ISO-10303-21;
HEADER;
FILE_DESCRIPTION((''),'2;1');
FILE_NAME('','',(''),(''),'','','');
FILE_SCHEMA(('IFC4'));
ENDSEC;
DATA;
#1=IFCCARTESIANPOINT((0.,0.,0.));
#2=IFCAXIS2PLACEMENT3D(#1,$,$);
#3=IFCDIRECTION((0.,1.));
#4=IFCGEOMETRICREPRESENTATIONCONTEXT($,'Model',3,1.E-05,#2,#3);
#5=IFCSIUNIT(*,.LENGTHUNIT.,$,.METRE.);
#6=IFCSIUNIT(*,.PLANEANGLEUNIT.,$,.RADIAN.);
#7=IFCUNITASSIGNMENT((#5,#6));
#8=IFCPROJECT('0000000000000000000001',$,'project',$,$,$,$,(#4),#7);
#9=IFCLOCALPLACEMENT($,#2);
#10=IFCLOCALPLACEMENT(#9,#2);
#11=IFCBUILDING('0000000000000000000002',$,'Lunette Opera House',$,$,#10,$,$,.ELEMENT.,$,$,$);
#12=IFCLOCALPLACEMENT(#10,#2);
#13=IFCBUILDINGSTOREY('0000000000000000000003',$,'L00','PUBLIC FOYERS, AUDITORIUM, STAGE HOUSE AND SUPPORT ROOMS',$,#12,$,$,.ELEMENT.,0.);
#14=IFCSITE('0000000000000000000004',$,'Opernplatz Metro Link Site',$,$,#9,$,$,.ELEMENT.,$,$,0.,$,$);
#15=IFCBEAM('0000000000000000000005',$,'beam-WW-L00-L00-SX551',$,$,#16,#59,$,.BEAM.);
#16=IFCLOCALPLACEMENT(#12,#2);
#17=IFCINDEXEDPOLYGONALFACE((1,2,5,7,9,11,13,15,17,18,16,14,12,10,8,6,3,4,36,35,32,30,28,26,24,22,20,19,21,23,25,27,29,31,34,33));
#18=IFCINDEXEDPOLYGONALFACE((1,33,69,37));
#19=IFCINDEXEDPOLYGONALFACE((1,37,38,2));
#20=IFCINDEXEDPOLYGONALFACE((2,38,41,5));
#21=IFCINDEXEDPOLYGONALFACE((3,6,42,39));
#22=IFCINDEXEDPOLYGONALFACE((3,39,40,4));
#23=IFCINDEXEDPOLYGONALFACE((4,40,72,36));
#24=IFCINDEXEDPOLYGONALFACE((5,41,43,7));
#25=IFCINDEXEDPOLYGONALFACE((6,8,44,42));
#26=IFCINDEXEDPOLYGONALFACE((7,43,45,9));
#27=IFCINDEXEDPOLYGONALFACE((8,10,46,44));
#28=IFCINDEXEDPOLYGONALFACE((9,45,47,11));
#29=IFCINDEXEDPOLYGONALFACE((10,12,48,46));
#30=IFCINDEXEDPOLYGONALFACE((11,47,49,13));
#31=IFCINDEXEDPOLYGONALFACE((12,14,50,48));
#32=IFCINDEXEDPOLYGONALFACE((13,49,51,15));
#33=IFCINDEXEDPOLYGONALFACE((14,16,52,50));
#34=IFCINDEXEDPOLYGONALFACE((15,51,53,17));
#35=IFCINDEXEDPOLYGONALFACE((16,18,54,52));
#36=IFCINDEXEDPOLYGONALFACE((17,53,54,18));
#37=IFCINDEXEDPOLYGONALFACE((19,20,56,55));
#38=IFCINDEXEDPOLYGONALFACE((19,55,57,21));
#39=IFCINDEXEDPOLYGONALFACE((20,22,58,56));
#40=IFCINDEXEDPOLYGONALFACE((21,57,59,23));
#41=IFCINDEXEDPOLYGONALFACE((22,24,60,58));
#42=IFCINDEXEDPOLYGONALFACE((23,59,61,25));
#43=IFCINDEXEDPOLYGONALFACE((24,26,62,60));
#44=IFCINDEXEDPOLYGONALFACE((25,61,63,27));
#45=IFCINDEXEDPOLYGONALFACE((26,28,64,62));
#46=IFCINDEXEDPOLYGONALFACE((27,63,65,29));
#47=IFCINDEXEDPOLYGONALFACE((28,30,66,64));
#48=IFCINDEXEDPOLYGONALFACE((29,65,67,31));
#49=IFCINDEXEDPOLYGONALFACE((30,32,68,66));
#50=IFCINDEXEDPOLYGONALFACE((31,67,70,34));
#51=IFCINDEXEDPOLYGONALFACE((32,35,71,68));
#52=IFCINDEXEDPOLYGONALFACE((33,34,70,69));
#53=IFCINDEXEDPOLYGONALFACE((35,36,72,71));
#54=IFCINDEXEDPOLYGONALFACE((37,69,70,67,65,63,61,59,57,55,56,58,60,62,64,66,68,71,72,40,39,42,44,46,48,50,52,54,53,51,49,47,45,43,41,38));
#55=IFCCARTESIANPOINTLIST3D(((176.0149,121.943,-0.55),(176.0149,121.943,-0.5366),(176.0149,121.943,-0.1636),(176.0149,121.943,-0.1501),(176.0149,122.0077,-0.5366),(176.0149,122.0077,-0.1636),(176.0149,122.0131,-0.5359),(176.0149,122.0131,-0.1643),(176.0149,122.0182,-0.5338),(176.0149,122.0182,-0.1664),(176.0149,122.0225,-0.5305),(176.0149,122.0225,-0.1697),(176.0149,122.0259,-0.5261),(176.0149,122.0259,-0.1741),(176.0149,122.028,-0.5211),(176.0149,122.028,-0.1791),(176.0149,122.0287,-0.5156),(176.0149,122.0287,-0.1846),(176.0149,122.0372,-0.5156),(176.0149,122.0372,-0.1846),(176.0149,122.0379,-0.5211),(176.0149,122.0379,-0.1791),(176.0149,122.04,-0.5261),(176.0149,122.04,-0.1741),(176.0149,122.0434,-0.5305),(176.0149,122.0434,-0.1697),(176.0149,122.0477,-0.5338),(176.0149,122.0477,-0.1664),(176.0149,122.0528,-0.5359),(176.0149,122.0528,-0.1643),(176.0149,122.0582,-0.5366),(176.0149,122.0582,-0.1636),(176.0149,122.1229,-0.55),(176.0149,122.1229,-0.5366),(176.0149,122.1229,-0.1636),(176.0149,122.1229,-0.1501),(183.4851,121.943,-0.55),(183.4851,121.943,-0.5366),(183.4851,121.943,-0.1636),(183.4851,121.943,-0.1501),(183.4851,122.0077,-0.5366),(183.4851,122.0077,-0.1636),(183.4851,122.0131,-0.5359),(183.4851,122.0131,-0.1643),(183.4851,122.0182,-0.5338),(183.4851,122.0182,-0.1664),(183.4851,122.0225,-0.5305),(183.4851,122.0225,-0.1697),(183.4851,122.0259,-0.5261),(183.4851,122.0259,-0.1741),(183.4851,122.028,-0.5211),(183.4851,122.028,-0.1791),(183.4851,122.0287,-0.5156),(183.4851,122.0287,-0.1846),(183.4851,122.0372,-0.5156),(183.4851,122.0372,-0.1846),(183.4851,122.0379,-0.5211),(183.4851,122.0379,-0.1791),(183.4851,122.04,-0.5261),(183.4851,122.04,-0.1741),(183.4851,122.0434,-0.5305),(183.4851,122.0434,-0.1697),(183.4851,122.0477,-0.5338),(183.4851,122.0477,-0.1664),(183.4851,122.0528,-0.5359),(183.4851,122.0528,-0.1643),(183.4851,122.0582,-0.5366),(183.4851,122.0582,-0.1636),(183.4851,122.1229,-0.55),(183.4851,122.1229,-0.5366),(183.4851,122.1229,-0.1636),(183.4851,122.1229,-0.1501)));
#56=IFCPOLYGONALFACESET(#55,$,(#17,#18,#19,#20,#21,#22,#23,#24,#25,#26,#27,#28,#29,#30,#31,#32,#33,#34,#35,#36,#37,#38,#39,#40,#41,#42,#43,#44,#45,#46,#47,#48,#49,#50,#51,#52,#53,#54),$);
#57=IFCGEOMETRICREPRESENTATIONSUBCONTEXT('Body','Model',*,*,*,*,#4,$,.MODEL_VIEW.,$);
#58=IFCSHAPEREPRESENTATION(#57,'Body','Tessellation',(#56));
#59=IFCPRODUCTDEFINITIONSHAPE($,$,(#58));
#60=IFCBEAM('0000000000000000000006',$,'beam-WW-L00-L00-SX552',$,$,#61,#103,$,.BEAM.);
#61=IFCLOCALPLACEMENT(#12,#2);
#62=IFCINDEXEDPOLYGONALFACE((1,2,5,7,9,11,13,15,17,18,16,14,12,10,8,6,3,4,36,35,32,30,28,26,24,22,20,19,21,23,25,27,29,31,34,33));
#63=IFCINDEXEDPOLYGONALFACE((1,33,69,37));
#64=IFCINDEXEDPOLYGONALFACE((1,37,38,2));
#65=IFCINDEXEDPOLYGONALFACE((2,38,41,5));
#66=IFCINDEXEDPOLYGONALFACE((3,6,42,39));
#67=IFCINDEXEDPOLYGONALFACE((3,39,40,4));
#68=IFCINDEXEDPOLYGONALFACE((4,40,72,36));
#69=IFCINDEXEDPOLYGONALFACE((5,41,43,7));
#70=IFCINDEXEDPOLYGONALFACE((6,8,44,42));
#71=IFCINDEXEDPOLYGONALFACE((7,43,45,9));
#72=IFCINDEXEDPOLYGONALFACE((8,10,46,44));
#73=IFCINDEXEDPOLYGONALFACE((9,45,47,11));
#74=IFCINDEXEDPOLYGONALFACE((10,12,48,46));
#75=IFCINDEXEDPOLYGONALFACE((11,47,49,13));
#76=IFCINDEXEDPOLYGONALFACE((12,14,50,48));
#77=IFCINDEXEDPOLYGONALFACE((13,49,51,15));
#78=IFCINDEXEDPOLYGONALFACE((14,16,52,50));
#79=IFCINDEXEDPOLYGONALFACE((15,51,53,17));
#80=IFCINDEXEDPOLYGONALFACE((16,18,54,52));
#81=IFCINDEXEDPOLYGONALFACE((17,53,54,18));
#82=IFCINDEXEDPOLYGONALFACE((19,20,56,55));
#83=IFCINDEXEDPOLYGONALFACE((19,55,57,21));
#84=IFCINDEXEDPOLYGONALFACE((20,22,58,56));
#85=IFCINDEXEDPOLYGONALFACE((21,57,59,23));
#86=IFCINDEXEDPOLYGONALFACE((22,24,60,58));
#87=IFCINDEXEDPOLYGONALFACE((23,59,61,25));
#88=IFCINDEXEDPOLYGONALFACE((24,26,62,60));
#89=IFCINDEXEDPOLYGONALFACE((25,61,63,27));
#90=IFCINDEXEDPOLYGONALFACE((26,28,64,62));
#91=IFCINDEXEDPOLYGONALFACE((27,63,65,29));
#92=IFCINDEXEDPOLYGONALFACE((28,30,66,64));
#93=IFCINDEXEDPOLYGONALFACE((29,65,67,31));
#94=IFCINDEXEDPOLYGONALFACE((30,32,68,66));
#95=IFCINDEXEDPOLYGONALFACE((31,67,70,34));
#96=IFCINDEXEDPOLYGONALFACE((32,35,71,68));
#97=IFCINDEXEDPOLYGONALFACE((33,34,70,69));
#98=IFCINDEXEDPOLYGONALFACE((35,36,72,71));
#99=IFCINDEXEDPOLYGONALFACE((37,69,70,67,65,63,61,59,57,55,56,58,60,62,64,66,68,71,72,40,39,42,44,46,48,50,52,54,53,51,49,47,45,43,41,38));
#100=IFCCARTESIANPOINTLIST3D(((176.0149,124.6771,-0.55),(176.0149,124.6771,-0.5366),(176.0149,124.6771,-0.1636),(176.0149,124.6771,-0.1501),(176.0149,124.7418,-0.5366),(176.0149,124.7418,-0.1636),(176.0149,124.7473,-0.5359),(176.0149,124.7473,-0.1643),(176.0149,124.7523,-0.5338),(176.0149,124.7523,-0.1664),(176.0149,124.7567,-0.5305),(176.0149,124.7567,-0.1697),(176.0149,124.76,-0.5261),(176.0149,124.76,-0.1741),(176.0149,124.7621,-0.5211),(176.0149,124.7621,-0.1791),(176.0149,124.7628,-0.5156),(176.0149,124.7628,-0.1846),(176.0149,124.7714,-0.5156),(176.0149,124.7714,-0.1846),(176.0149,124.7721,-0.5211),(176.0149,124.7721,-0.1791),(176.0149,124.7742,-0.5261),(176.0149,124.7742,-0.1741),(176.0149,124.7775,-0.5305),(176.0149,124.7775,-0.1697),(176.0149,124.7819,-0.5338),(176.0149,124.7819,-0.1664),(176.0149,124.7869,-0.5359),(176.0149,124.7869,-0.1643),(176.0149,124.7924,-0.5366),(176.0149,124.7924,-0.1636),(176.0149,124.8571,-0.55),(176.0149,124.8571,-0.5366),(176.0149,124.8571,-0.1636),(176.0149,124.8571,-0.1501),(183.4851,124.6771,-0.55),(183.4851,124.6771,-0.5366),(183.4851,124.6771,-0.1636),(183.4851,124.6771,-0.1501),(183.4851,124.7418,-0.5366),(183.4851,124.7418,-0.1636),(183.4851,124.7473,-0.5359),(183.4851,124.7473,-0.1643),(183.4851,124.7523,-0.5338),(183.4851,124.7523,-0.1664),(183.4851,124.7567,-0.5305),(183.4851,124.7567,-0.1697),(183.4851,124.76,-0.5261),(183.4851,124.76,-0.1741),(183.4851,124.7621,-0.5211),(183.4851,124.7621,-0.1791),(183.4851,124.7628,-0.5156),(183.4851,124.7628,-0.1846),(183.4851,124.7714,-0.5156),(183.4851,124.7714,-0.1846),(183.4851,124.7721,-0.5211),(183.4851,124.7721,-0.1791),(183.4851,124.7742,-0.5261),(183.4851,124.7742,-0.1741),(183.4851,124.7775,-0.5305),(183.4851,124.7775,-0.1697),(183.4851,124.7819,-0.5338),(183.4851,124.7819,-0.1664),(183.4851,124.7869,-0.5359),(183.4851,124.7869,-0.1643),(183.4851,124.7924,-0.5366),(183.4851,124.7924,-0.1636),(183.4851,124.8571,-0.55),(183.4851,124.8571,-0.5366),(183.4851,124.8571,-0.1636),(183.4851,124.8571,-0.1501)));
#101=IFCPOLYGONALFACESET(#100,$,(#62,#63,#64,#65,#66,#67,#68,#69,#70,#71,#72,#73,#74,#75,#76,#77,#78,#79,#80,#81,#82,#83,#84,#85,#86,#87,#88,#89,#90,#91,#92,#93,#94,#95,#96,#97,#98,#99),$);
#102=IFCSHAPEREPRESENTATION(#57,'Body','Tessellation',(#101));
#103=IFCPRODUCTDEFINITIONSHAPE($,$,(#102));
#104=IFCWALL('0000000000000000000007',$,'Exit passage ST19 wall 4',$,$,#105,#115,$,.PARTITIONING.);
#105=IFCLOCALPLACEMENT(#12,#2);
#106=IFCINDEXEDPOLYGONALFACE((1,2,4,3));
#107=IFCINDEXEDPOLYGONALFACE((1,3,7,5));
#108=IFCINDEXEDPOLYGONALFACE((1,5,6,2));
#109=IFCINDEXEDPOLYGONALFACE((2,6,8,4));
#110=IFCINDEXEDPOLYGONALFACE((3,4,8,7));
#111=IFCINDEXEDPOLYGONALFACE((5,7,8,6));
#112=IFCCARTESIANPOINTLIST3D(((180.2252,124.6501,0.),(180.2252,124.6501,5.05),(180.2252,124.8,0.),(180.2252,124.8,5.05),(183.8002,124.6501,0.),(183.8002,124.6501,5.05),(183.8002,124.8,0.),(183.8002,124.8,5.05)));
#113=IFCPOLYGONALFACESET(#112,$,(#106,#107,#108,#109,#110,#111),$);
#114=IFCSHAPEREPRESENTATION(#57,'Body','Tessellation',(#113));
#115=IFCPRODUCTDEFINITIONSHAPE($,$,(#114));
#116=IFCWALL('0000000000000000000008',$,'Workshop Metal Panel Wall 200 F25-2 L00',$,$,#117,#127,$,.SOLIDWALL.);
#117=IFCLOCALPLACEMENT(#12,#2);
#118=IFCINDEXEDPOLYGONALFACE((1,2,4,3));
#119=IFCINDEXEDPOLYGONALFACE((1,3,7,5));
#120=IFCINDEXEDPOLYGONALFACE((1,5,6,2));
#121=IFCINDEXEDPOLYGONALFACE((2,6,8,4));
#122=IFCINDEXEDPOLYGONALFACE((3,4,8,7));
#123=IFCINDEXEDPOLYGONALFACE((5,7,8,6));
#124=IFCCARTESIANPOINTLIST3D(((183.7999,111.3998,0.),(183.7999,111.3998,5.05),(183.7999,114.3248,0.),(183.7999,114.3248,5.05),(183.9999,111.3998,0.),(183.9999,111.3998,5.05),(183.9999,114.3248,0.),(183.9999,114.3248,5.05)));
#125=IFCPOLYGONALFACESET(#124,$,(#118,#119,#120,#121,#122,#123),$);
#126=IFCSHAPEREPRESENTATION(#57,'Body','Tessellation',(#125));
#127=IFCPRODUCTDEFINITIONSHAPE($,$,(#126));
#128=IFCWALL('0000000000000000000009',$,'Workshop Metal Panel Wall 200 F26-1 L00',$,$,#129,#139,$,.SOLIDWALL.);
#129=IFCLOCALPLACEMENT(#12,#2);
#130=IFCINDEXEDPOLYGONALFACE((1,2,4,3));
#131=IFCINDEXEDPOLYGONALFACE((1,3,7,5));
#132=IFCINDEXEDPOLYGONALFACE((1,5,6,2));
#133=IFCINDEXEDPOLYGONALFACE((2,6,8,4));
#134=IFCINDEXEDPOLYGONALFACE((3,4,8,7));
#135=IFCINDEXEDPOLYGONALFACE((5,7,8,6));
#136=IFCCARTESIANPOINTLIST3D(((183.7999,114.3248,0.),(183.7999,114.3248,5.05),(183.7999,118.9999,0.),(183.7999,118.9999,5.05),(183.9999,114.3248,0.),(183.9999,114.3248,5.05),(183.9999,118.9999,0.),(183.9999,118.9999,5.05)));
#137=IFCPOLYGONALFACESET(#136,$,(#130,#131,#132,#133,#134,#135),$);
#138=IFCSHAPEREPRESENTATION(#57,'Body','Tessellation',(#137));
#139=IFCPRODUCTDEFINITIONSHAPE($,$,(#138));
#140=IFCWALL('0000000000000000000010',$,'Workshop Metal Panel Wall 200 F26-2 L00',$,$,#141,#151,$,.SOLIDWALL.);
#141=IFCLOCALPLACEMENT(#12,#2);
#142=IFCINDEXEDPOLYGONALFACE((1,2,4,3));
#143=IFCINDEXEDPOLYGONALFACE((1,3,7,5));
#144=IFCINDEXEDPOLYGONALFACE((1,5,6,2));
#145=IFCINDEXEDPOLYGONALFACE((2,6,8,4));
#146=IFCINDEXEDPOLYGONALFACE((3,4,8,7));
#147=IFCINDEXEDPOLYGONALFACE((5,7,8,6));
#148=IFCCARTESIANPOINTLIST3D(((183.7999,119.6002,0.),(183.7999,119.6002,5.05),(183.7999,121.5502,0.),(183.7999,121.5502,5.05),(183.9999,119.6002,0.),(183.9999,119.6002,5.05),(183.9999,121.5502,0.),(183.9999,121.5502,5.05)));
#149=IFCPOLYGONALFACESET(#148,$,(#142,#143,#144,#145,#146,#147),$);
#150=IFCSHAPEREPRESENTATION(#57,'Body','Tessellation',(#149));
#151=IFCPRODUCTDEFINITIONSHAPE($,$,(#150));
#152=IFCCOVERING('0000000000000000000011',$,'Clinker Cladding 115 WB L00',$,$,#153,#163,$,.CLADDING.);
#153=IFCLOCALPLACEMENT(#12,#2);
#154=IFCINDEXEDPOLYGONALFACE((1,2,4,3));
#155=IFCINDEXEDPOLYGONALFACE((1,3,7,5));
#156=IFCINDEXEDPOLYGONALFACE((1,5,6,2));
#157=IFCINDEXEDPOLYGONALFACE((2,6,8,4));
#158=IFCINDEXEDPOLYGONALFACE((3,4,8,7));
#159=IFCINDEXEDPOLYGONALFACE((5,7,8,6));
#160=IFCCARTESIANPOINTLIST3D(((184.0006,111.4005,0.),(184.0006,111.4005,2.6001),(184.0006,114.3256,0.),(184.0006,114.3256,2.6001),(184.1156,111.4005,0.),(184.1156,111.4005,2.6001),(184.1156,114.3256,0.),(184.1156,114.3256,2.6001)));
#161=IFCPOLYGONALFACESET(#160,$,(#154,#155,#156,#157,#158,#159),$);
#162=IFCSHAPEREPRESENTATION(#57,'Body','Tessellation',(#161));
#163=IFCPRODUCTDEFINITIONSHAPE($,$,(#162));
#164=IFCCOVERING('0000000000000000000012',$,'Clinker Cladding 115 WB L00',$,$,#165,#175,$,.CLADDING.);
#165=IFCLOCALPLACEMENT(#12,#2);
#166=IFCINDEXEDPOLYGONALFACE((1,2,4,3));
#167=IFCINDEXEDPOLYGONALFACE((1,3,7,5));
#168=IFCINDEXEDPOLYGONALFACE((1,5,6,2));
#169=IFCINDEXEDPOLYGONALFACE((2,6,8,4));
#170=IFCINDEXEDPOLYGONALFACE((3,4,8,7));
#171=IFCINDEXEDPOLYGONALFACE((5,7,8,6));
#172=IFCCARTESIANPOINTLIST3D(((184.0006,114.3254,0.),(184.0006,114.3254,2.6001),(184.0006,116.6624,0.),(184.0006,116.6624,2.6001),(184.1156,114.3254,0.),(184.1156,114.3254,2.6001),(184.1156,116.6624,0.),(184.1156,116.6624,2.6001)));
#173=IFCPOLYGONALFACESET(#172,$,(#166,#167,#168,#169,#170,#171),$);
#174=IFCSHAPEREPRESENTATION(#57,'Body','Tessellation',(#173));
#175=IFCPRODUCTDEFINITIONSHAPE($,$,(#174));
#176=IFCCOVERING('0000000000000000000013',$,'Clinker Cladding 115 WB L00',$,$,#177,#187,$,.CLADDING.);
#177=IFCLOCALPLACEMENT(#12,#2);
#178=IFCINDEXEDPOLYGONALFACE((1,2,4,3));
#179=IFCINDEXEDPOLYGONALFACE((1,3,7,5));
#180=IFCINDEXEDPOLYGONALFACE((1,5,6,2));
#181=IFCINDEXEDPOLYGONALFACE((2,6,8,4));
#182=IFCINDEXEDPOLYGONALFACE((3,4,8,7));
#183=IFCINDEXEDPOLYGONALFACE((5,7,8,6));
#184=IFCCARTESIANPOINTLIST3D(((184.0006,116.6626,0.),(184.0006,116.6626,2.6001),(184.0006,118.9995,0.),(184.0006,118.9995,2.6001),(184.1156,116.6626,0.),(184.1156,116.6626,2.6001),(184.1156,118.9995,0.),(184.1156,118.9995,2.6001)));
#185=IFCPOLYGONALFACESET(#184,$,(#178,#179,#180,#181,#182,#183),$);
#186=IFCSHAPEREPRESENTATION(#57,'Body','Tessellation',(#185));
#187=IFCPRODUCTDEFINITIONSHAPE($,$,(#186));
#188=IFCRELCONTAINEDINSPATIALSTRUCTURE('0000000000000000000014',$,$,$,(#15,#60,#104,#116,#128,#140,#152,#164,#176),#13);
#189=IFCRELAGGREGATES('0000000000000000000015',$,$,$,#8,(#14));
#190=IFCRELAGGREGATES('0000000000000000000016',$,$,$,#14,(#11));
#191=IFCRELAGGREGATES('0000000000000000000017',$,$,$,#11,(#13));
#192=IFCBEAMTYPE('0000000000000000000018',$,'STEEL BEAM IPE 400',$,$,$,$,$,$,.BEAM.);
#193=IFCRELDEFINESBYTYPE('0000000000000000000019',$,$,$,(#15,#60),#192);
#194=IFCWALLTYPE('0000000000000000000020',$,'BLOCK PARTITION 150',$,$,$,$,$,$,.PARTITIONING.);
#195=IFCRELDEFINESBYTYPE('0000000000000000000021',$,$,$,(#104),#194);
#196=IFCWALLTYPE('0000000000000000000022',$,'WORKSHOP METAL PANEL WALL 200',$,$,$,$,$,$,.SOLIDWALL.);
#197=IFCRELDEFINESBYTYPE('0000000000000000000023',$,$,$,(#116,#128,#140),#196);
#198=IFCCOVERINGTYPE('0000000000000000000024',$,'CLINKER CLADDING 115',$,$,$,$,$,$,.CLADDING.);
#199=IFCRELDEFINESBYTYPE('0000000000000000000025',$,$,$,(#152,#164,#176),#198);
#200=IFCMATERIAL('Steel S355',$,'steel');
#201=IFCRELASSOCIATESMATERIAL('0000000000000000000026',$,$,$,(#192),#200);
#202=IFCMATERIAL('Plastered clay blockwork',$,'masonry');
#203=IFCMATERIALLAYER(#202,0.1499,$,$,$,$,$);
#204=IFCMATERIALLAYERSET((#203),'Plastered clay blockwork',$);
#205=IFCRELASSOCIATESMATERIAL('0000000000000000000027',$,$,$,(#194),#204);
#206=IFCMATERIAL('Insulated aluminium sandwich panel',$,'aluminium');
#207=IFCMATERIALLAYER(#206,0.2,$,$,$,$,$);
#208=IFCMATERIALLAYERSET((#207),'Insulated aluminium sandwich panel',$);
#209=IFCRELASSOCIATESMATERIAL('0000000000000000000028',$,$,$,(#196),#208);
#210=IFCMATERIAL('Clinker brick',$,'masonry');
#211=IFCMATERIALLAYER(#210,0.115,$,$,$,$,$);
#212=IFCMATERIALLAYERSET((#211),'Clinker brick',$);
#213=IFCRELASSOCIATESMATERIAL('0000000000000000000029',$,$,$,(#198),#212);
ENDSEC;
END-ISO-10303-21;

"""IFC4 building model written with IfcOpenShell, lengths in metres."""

from ifc_helpers import new_model, si_unit, direction, frame, frame_2d, origin, origin_2d, place, context, subcontext, project, spatial, rectangle, i_section, extrude, material, layer, layer_set, material_profile, profile_set, type_object, element, save


model = new_model("IFC4")

# Units and contexts
model_context = context("Model", 3, precision=1e-05, world=origin(), true_north=direction((0.0, 1.0)))
body_context = subcontext(model_context, "Body", "Model", "MODEL_VIEW")
ifc_project = project(units=[si_unit("LENGTHUNIT", "METRE"), si_unit("PLANEANGLEUNIT", "RADIAN")], contexts=[model_context])

# Site, building, storey
site_placement = place(None, origin())
site = spatial("IfcSite", under=ifc_project, at=site_placement, Name="Opernplatz Metro Link Site", CompositionType="ELEMENT", RefElevation=0.0)
building_placement = place(site_placement, origin())
building = spatial("IfcBuilding", under=site, at=building_placement, Name="Lunette Opera House", CompositionType="ELEMENT")
storey_placement = place(building_placement, origin())
storey = spatial("IfcBuildingStorey", under=building, at=storey_placement, Name="L00", Description="PUBLIC FOYERS, AUDITORIUM, STAGE HOUSE AND SUPPORT ROOMS", CompositionType="ELEMENT", Elevation=0.0)

# Beams
ifc_material_1 = material(Name="Steel S355", Category="steel")
ifc_material_profile_1 = material_profile(ifc_material_1, i_section(OverallWidth=0.1799, OverallDepth=0.3999, WebThickness=0.0085, FlangeThickness=0.0134, FilletRadius=0.021, at=origin_2d()), Name="IPE 400")
ifc_profile_set_1 = profile_set([ifc_material_profile_1], Name="Steel S355")
beam_type_1 = type_object("IfcBeamType", Name="STEEL BEAM IPE 400", PredefinedType="BEAM", material=ifc_profile_set_1)
for number, where, z_axis, x_axis, name in (
    (1, (176.0149, 122.033, -0.3501), (1.0, 0.0, 0.0), (0.0, 1.0, 0.0), "beam-WW-L00-L00-SX551"),
    (2, (176.0149, 124.7671, -0.3501), (1.0, 0.0, 0.0), (0.0, 1.0, 0.0), "beam-WW-L00-L00-SX552"),
):
    element("IfcBeam", number, at=place(storey_placement, frame(where, z_axis=z_axis, x_axis=x_axis)), inside=storey, type_object=beam_type_1, Name=name, PredefinedType="BEAM", context=body_context, shape_type="SweptSolid", body=[
        extrude(i_section(OverallWidth=0.1799, OverallDepth=0.3999, WebThickness=0.0085, FlangeThickness=0.0134, FilletRadius=0.021, at=origin_2d()), origin(), (0.0, 0.0, 1.0), 7.4702),
    ])

# Walls
ifc_material_2 = material(Name="Plastered clay blockwork", Category="masonry")
ifc_layer_1 = layer(ifc_material_2, 0.1499)
ifc_layer_set_1 = layer_set([ifc_layer_1], Name="Plastered clay blockwork")
wall_type_1 = type_object("IfcWallType", Name="BLOCK PARTITION 150", PredefinedType="PARTITIONING", material=ifc_layer_set_1)
wall_1_placement = place(storey_placement, frame((180.2251, 124.7251, 0.0), z_axis=(0.0, 0.0, 1.0), x_axis=(1.0, 0.0, 0.0)))
element("IfcWall", 3, at=wall_1_placement, inside=storey, type_object=wall_type_1, Name="Exit passage ST19 wall 4", PredefinedType="PARTITIONING", context=body_context, shape_type="SweptSolid", body=[
    extrude(rectangle(XDim=3.575, YDim=0.1499, at=frame_2d((1.7876, 0.0))), origin(), (0.0, 0.0, 1.0), 5.05),
])
ifc_material_3 = material(Name="Insulated aluminium sandwich panel", Category="aluminium")
ifc_layer_2 = layer(ifc_material_3, 0.2)
ifc_layer_set_2 = layer_set([ifc_layer_2], Name="Insulated aluminium sandwich panel")
wall_type_2 = type_object("IfcWallType", Name="WORKSHOP METAL PANEL WALL 200", PredefinedType="SOLIDWALL", material=ifc_layer_set_2)
wall_2_placement = place(storey_placement, frame((183.8999, 111.3999, 0.0), z_axis=(0.0, 0.0, 1.0), x_axis=(0.0, 1.0, 0.0)))
element("IfcWall", 4, at=wall_2_placement, inside=storey, type_object=wall_type_2, Name="Workshop Metal Panel Wall 200 F25-2 L00", PredefinedType="SOLIDWALL", context=body_context, shape_type="SweptSolid", body=[
    extrude(rectangle(XDim=2.925, YDim=0.2, at=frame_2d((1.4624, 0.0))), origin(), (0.0, 0.0, 1.0), 5.05),
])
wall_3_placement = place(storey_placement, frame((183.8999, 114.325, 0.0), z_axis=(0.0, 0.0, 1.0), x_axis=(0.0, 1.0, 0.0)))
element("IfcWall", 5, at=wall_3_placement, inside=storey, type_object=wall_type_2, Name="Workshop Metal Panel Wall 200 F26-1 L00", PredefinedType="SOLIDWALL", context=body_context, shape_type="SweptSolid", body=[
    extrude(rectangle(XDim=4.675, YDim=0.2, at=frame_2d((2.3374, 0.0))), origin(), (0.0, 0.0, 1.0), 5.05),
])
wall_4_placement = place(storey_placement, frame((183.8999, 119.6001, 0.0), z_axis=(0.0, 0.0, 1.0), x_axis=(0.0, 1.0, 0.0)))
element("IfcWall", 6, at=wall_4_placement, inside=storey, type_object=wall_type_2, Name="Workshop Metal Panel Wall 200 F26-2 L00", PredefinedType="SOLIDWALL", context=body_context, shape_type="SweptSolid", body=[
    extrude(rectangle(XDim=1.95, YDim=0.2, at=frame_2d((0.9751, 0.0))), origin(), (0.0, 0.0, 1.0), 5.05),
])

# Coverings
ifc_material_4 = material(Name="Clinker brick", Category="masonry")
ifc_layer_3 = layer(ifc_material_4, 0.115)
ifc_layer_set_3 = layer_set([ifc_layer_3], Name="Clinker brick")
covering_type_1 = type_object("IfcCoveringType", Name="CLINKER CLADDING 115", PredefinedType="CLADDING", material=ifc_layer_set_3)
covering_1_placement = place(storey_placement, frame((184.0581, 112.863, 0.0), z_axis=(0.0, 0.0, 1.0), x_axis=(0.0, 1.0, 0.0)))
element("IfcCovering", 7, at=covering_1_placement, inside=storey, type_object=covering_type_1, Name="Clinker Cladding 115 WB L00", PredefinedType="CLADDING", context=body_context, shape_type="SweptSolid", body=[
    extrude(rectangle(XDim=2.925, YDim=0.115, at=origin_2d()), origin(), (0.0, 0.0, 1.0), 2.6001),
])
for number, where, z_axis, x_axis, name in (
    (8, (184.0581, 115.4939, 0.0), (0.0, 0.0, 1.0), (0.0, 1.0, 0.0), "Clinker Cladding 115 WB L00"),
    (9, (184.0581, 117.8311, 0.0), (0.0, 0.0, 1.0), (0.0, 1.0, 0.0), "Clinker Cladding 115 WB L00"),
):
    element("IfcCovering", number, at=place(storey_placement, frame(where, z_axis=z_axis, x_axis=x_axis)), inside=storey, type_object=covering_type_1, Name=name, PredefinedType="CLADDING", context=body_context, shape_type="SweptSolid", body=[
        extrude(rectangle(XDim=2.3369, YDim=0.115, at=origin_2d()), origin(), (0.0, 0.0, 1.0), 2.6001),
    ])

save(model, "model.ifc")
